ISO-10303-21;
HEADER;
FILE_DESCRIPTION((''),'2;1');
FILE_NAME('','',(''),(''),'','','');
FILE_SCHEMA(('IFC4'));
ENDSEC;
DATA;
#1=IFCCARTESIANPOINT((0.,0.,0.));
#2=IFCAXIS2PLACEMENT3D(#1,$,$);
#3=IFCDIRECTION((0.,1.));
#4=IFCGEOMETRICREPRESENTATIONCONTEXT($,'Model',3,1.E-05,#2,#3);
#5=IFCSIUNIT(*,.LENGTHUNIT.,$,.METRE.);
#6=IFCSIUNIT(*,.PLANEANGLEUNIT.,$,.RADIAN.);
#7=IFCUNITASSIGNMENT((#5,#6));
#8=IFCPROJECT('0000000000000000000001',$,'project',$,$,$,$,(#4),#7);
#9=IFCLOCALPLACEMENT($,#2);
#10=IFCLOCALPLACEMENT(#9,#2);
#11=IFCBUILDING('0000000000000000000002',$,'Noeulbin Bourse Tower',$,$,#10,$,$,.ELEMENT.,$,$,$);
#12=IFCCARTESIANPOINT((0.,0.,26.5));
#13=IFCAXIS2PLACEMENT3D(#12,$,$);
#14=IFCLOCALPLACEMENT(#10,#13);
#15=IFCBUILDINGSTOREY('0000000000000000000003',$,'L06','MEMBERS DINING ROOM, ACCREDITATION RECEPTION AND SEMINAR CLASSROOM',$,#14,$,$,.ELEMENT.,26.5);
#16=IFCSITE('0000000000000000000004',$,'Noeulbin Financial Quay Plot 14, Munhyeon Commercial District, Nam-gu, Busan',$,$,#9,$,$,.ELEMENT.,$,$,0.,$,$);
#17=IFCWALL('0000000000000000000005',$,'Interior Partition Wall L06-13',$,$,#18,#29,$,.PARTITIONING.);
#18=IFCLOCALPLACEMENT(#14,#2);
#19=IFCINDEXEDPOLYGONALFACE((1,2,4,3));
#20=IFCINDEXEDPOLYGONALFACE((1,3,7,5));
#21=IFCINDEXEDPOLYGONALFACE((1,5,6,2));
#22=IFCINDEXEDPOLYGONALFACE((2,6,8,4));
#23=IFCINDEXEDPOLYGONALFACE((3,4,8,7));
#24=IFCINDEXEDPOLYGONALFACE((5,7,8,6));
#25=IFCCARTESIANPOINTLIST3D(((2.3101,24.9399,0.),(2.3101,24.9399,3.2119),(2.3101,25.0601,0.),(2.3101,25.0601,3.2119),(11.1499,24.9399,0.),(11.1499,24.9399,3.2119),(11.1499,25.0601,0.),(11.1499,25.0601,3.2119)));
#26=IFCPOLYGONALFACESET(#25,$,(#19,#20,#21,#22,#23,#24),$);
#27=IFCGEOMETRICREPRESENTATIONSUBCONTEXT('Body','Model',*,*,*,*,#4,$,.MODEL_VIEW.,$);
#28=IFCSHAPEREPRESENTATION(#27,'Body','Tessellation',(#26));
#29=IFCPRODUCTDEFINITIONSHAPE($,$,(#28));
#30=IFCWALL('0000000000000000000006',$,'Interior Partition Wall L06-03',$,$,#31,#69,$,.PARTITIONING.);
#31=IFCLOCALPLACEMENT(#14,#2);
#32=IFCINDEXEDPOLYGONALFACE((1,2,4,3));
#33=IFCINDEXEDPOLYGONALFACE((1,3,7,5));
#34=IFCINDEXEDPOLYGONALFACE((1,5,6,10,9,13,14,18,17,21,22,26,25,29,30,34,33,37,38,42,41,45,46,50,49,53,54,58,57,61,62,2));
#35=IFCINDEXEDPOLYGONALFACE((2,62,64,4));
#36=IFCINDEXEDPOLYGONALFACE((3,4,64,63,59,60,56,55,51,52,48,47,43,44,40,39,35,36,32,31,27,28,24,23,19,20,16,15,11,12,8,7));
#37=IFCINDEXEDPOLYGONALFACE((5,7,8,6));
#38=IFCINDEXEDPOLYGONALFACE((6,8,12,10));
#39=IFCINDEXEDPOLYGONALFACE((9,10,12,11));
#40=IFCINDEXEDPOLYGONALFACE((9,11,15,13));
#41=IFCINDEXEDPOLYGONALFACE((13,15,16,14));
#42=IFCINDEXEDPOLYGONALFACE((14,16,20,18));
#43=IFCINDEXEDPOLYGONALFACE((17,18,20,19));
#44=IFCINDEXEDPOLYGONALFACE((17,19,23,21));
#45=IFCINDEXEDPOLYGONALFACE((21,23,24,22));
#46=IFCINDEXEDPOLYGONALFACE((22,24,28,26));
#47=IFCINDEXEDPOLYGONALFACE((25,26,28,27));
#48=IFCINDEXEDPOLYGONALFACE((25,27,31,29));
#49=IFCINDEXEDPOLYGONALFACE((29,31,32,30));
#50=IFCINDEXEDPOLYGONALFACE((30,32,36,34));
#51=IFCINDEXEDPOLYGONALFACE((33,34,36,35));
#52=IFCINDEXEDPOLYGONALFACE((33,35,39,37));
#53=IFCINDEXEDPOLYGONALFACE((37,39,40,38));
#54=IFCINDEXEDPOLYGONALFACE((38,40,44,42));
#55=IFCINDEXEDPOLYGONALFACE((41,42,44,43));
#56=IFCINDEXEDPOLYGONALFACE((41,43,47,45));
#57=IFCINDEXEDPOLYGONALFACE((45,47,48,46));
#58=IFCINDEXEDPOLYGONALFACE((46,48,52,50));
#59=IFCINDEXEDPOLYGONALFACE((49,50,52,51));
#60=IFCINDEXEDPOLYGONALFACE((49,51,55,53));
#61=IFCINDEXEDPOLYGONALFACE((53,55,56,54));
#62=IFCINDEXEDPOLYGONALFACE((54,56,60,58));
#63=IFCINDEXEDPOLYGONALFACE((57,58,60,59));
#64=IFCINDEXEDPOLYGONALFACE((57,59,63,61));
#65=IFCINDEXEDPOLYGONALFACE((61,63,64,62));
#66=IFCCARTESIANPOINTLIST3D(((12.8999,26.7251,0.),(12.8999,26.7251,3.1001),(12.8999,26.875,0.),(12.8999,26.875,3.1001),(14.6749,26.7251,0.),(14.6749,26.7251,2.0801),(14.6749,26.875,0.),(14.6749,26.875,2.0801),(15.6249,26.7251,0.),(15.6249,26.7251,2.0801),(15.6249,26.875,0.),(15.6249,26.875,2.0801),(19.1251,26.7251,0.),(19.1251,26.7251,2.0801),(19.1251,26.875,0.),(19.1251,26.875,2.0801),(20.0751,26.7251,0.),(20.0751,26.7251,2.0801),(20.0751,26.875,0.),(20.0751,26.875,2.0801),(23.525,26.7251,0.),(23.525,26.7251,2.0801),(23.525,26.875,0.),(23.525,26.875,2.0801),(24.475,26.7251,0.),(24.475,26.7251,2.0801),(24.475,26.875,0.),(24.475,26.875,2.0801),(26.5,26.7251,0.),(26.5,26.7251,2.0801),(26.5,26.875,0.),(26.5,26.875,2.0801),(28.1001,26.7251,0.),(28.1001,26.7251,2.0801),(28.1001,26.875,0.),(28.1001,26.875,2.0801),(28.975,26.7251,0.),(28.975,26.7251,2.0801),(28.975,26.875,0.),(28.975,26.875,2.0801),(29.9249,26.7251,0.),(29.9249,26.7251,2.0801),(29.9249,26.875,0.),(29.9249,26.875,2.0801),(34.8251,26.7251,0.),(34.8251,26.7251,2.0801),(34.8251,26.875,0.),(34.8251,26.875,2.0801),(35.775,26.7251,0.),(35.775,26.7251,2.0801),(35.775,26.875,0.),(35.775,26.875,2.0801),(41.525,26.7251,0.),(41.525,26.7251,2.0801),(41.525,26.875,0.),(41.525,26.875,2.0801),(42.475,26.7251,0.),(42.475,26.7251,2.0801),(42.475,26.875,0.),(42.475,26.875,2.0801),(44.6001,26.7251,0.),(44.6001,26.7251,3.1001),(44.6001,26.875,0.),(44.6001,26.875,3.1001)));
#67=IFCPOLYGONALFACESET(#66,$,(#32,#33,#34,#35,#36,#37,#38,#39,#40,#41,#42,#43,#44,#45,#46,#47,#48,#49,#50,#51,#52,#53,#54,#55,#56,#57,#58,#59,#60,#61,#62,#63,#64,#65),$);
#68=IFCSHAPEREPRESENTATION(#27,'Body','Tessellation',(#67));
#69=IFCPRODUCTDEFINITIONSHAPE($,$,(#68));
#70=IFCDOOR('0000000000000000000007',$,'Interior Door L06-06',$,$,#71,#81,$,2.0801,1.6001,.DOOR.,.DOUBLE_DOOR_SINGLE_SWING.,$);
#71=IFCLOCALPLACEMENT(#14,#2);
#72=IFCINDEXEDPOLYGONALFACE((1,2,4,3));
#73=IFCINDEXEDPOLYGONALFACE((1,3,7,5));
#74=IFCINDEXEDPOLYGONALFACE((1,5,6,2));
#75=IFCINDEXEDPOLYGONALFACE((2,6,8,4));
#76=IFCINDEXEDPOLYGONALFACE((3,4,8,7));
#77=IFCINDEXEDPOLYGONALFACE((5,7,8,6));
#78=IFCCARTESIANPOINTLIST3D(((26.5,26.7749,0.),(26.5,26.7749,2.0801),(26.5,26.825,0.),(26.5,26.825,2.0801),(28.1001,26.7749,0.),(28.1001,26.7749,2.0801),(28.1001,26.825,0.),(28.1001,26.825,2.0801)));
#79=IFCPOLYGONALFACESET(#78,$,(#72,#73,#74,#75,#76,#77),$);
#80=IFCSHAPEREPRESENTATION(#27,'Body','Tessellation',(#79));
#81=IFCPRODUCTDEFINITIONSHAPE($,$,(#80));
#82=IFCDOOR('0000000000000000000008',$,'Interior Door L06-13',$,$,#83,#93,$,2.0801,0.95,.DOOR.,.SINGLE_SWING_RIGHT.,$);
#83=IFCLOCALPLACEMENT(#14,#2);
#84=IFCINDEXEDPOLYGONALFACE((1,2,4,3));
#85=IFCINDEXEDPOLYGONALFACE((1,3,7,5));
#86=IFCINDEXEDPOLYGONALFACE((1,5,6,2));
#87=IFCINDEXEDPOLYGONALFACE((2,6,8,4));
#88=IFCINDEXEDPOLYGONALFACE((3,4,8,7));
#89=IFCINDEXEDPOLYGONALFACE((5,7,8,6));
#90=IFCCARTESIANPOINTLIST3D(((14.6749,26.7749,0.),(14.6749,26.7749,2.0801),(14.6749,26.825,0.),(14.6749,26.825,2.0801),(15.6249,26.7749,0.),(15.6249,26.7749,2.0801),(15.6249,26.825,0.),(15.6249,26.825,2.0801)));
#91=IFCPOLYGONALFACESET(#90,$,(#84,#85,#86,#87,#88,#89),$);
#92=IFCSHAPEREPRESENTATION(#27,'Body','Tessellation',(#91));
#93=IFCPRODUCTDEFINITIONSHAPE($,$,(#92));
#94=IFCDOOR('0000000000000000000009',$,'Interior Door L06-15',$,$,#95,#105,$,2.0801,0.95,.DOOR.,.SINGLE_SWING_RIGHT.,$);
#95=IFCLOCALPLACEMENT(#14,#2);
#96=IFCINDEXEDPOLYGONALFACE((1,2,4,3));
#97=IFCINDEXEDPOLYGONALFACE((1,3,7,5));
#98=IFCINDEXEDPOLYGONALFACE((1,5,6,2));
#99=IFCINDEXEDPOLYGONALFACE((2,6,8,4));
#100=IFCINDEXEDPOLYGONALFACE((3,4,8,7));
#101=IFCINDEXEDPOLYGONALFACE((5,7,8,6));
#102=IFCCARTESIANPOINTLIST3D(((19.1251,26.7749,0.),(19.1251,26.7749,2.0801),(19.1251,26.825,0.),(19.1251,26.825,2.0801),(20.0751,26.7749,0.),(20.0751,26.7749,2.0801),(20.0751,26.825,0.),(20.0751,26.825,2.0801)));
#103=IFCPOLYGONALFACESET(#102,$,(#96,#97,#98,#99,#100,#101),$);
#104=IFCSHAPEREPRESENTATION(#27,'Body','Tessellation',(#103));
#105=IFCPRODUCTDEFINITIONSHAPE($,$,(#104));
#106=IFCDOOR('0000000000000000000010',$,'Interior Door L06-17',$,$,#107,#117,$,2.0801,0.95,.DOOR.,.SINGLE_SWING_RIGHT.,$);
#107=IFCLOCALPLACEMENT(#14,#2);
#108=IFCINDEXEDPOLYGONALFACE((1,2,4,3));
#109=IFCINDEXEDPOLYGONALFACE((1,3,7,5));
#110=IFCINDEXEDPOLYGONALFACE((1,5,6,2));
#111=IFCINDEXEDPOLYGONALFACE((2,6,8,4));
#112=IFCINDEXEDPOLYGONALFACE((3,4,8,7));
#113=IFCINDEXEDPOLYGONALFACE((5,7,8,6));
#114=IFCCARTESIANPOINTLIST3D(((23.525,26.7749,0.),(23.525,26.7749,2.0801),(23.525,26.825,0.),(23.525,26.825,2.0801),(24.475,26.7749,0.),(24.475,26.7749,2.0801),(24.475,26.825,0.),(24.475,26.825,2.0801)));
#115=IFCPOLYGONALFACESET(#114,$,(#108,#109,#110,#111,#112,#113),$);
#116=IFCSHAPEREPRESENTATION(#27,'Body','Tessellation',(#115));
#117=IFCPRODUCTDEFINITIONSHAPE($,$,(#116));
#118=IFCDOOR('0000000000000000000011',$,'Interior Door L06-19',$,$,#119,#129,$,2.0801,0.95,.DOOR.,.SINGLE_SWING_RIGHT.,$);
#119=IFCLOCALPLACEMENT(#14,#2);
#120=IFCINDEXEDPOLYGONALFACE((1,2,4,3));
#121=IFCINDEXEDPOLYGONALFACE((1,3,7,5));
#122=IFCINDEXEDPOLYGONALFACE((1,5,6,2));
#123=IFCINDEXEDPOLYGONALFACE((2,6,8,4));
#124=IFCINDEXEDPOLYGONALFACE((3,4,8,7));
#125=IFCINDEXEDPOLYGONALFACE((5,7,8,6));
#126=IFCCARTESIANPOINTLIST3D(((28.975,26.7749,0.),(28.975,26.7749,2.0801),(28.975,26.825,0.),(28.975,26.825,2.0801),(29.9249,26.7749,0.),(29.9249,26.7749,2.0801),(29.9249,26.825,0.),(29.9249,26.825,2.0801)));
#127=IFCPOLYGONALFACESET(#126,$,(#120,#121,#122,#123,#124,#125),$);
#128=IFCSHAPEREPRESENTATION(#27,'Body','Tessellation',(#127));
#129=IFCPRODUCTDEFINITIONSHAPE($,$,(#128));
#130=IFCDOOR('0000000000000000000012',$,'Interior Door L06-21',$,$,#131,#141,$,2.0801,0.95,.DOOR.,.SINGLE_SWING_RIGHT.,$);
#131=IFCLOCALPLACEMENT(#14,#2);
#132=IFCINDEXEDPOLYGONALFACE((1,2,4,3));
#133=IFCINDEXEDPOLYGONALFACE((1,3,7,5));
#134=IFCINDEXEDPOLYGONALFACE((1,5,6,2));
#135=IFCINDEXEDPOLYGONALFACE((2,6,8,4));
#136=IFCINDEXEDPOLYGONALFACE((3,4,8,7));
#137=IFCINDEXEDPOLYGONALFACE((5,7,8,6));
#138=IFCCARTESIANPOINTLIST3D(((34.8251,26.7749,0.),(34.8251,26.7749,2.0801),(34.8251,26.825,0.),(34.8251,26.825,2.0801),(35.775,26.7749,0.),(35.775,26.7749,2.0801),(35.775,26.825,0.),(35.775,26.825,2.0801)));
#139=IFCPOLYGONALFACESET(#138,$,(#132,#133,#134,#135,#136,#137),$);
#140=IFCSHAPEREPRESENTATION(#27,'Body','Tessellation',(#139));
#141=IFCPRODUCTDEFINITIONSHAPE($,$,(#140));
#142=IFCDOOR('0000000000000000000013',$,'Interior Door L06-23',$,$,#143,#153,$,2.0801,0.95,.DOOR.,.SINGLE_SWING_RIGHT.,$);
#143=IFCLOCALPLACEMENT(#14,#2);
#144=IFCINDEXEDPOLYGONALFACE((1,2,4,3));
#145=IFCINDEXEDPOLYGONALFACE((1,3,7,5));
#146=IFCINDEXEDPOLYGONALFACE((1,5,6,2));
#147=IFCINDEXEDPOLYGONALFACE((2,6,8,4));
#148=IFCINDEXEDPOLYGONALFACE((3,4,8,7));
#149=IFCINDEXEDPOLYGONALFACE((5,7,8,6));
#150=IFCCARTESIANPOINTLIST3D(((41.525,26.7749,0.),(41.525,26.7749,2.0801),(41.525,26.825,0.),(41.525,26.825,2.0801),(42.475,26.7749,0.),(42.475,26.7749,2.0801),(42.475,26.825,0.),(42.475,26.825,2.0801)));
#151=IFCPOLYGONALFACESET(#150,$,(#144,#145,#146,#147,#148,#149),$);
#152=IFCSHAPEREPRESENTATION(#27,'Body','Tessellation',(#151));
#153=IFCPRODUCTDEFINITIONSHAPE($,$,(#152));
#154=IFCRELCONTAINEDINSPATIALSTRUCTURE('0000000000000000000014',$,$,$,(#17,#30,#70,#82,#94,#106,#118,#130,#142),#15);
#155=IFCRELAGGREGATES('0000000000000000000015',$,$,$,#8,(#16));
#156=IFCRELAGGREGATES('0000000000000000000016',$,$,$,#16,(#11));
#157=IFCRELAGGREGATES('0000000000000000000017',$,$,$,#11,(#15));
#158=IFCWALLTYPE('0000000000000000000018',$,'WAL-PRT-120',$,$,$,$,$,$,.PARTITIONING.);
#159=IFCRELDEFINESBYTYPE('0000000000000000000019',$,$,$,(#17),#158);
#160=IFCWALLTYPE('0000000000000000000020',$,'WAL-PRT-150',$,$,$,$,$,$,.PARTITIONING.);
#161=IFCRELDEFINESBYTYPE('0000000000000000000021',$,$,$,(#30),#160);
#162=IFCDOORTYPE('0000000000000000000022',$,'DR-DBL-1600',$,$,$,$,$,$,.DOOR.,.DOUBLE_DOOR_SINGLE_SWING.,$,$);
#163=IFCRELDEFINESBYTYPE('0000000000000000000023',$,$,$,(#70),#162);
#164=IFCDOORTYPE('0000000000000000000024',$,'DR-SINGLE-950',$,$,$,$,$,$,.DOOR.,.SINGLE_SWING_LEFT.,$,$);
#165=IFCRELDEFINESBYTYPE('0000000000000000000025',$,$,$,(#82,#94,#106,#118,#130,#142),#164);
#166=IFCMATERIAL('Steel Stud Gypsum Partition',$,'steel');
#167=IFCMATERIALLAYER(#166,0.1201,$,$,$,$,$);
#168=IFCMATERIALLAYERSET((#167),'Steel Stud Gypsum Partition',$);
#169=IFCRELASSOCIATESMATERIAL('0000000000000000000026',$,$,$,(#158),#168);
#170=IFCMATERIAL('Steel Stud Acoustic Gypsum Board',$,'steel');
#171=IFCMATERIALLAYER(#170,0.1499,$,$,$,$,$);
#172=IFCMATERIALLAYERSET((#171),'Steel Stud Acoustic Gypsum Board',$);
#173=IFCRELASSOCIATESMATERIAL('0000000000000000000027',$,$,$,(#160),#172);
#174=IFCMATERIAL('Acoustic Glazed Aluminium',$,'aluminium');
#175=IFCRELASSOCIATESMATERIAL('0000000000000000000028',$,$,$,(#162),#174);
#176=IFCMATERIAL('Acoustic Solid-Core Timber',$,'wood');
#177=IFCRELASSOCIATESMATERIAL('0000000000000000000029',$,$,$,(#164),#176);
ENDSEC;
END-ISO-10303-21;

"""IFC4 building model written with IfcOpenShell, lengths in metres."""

from ifc_helpers import new_model, si_unit, direction, frame, frame_2d, origin, place, context, subcontext, project, spatial, rectangle, extrude, material, layer, layer_set, type_object, element, fill, save


model = new_model("IFC4")

# Units and contexts
model_context = context("Model", 3, precision=1e-05, world=origin(), true_north=direction((0.0, 1.0)))
body_context = subcontext(model_context, "Body", "Model", "MODEL_VIEW")
ifc_project = project(units=[si_unit("LENGTHUNIT", "METRE"), si_unit("PLANEANGLEUNIT", "RADIAN")], contexts=[model_context])

# Site, building, storey
site_placement = place(None, origin())
site = spatial("IfcSite", under=ifc_project, at=site_placement, Name="Noeulbin Financial Quay Plot 14, Munhyeon Commercial District, Nam-gu, Busan", CompositionType="ELEMENT", RefElevation=0.0)
building_placement = place(site_placement, origin())
building = spatial("IfcBuilding", under=site, at=building_placement, Name="Noeulbin Bourse Tower", CompositionType="ELEMENT")
storey_placement = place(building_placement, frame((0.0, 0.0, 26.5)))
storey = spatial("IfcBuildingStorey", under=building, at=storey_placement, Name="L06", Description="MEMBERS DINING ROOM, ACCREDITATION RECEPTION AND SEMINAR CLASSROOM", CompositionType="ELEMENT", Elevation=26.5)

# Wall
ifc_material_1 = material(Name="Steel Stud Gypsum Partition", Category="steel")
ifc_layer_1 = layer(ifc_material_1, 0.1201)
ifc_layer_set_1 = layer_set([ifc_layer_1], Name="Steel Stud Gypsum Partition")
wall_type_1 = type_object("IfcWallType", Name="WAL-PRT-120", PredefinedType="PARTITIONING", material=ifc_layer_set_1)
wall_1_placement = place(storey_placement, frame((2.3101, 25.0, 0.0), z_axis=(0.0, 0.0, 1.0), x_axis=(1.0, 0.0, 0.0)))
element("IfcWall", 1, at=wall_1_placement, inside=storey, type_object=wall_type_1, Name="Interior Partition Wall L06-13", PredefinedType="PARTITIONING", context=body_context, shape_type="SweptSolid", body=[
    extrude(rectangle(XDim=8.8398, YDim=0.1201, at=frame_2d((4.4199, 0.0))), origin(), (0.0, 0.0, 1.0), 3.2119),
])

# Wall, openings, doors
ifc_material_2 = material(Name="Steel Stud Acoustic Gypsum Board", Category="steel")
ifc_layer_2 = layer(ifc_material_2, 0.1499)
ifc_layer_set_2 = layer_set([ifc_layer_2], Name="Steel Stud Acoustic Gypsum Board")
wall_type_2 = type_object("IfcWallType", Name="WAL-PRT-150", PredefinedType="PARTITIONING", material=ifc_layer_set_2)
wall_2_placement = place(storey_placement, frame((12.8999, 26.8, 0.0), z_axis=(0.0, 0.0, 1.0), x_axis=(1.0, 0.0, 0.0)))
wall_2 = element("IfcWall", 2, at=wall_2_placement, inside=storey, type_object=wall_type_2, Name="Interior Partition Wall L06-03", PredefinedType="PARTITIONING", context=body_context, shape_type="SweptSolid", body=[
    extrude(rectangle(XDim=31.7002, YDim=0.1499, at=frame_2d((15.8501, 0.0))), origin(), (0.0, 0.0, 1.0), 3.1001),
])
opening_1_placement = place(wall_2_placement, frame((13.6001, 0.0, 0.0)))
opening_1 = element("IfcOpeningElement", 3, at=opening_1_placement, cuts=wall_2, PredefinedType="OPENING", context=body_context, shape_type="SweptSolid", body=[
    extrude(rectangle(XDim=1.6001, YDim=2.0801, at=frame_2d((0.8, 1.04))), frame((0.0, 0.085, 0.0), z_axis=(0.0, -1.0, 0.0), x_axis=(1.0, 0.0, 0.0)), (0.0, 0.0, 1.0), 0.1699),
])
opening_2_placement = place(wall_2_placement, frame((1.7749, 0.0, 0.0)))
opening_2 = element("IfcOpeningElement", 4, at=opening_2_placement, cuts=wall_2, PredefinedType="OPENING", context=body_context, shape_type="SweptSolid", body=[
    extrude(rectangle(XDim=0.95, YDim=2.0801, at=frame_2d((0.4751, 1.04))), frame((0.0, 0.085, 0.0), z_axis=(0.0, -1.0, 0.0), x_axis=(1.0, 0.0, 0.0)), (0.0, 0.0, 1.0), 0.1699),
])
opening_3_placement = place(wall_2_placement, frame((6.2251, 0.0, 0.0)))
opening_3 = element("IfcOpeningElement", 5, at=opening_3_placement, cuts=wall_2, PredefinedType="OPENING", context=body_context, shape_type="SweptSolid", body=[
    extrude(rectangle(XDim=0.95, YDim=2.0801, at=frame_2d((0.4751, 1.04))), frame((0.0, 0.085, 0.0), z_axis=(0.0, -1.0, 0.0), x_axis=(1.0, 0.0, 0.0)), (0.0, 0.0, 1.0), 0.1699),
])
opening_4_placement = place(wall_2_placement, frame((10.625, 0.0, 0.0)))
opening_4 = element("IfcOpeningElement", 6, at=opening_4_placement, cuts=wall_2, PredefinedType="OPENING", context=body_context, shape_type="SweptSolid", body=[
    extrude(rectangle(XDim=0.95, YDim=2.0801, at=frame_2d((0.4751, 1.04))), frame((0.0, 0.085, 0.0), z_axis=(0.0, -1.0, 0.0), x_axis=(1.0, 0.0, 0.0)), (0.0, 0.0, 1.0), 0.1699),
])
opening_5_placement = place(wall_2_placement, frame((16.075, 0.0, 0.0)))
opening_5 = element("IfcOpeningElement", 7, at=opening_5_placement, cuts=wall_2, PredefinedType="OPENING", context=body_context, shape_type="SweptSolid", body=[
    extrude(rectangle(XDim=0.95, YDim=2.0801, at=frame_2d((0.4751, 1.04))), frame((0.0, 0.085, 0.0), z_axis=(0.0, -1.0, 0.0), x_axis=(1.0, 0.0, 0.0)), (0.0, 0.0, 1.0), 0.1699),
])
opening_6_placement = place(wall_2_placement, frame((21.925, 0.0, 0.0)))
opening_6 = element("IfcOpeningElement", 8, at=opening_6_placement, cuts=wall_2, PredefinedType="OPENING", context=body_context, shape_type="SweptSolid", body=[
    extrude(rectangle(XDim=0.95, YDim=2.0801, at=frame_2d((0.4751, 1.04))), frame((0.0, 0.085, 0.0), z_axis=(0.0, -1.0, 0.0), x_axis=(1.0, 0.0, 0.0)), (0.0, 0.0, 1.0), 0.1699),
])
opening_7_placement = place(wall_2_placement, frame((28.625, 0.0, 0.0)))
opening_7 = element("IfcOpeningElement", 9, at=opening_7_placement, cuts=wall_2, PredefinedType="OPENING", context=body_context, shape_type="SweptSolid", body=[
    extrude(rectangle(XDim=0.95, YDim=2.0801, at=frame_2d((0.4751, 1.04))), frame((0.0, 0.085, 0.0), z_axis=(0.0, -1.0, 0.0), x_axis=(1.0, 0.0, 0.0)), (0.0, 0.0, 1.0), 0.1699),
])
ifc_material_3 = material(Name="Acoustic Glazed Aluminium", Category="aluminium")
door_type_1 = type_object("IfcDoorType", Name="DR-DBL-1600", OperationType="DOUBLE_DOOR_SINGLE_SWING", PredefinedType="DOOR", material=ifc_material_3)
door_1_placement = place(opening_1_placement, origin())
door_1 = element("IfcDoor", 10, at=door_1_placement, inside=storey, type_object=door_type_1, Name="Interior Door L06-06", OperationType="DOUBLE_DOOR_SINGLE_SWING", OverallHeight=2.0801, OverallWidth=1.6001, PredefinedType="DOOR", context=body_context, shape_type="SweptSolid", body=[
    extrude(rectangle(XDim=1.6001, YDim=2.0801, at=frame_2d((0.8, 1.04))), frame((0.0, 0.0249, 0.0), z_axis=(0.0, -1.0, 0.0), x_axis=(1.0, 0.0, 0.0)), (0.0, 0.0, 1.0), 0.05),
])
fill(opening_1, door_1)
ifc_material_4 = material(Name="Acoustic Solid-Core Timber", Category="wood")
door_type_2 = type_object("IfcDoorType", Name="DR-SINGLE-950", OperationType="SINGLE_SWING_LEFT", PredefinedType="DOOR", material=ifc_material_4)
door_2_placement = place(opening_2_placement, origin())
door_2 = element("IfcDoor", 11, at=door_2_placement, inside=storey, type_object=door_type_2, Name="Interior Door L06-13", OperationType="SINGLE_SWING_RIGHT", OverallHeight=2.0801, OverallWidth=0.95, PredefinedType="DOOR", context=body_context, shape_type="SweptSolid", body=[
    extrude(rectangle(XDim=0.95, YDim=2.0801, at=frame_2d((0.4751, 1.04))), frame((0.0, 0.0249, 0.0), z_axis=(0.0, -1.0, 0.0), x_axis=(1.0, 0.0, 0.0)), (0.0, 0.0, 1.0), 0.05),
])
fill(opening_2, door_2)
door_3_placement = place(opening_3_placement, origin())
door_3 = element("IfcDoor", 12, at=door_3_placement, inside=storey, type_object=door_type_2, Name="Interior Door L06-15", OperationType="SINGLE_SWING_RIGHT", OverallHeight=2.0801, OverallWidth=0.95, PredefinedType="DOOR", context=body_context, shape_type="SweptSolid", body=[
    extrude(rectangle(XDim=0.95, YDim=2.0801, at=frame_2d((0.4751, 1.04))), frame((0.0, 0.0249, 0.0), z_axis=(0.0, -1.0, 0.0), x_axis=(1.0, 0.0, 0.0)), (0.0, 0.0, 1.0), 0.05),
])
fill(opening_3, door_3)
door_4_placement = place(opening_4_placement, origin())
door_4 = element("IfcDoor", 13, at=door_4_placement, inside=storey, type_object=door_type_2, Name="Interior Door L06-17", OperationType="SINGLE_SWING_RIGHT", OverallHeight=2.0801, OverallWidth=0.95, PredefinedType="DOOR", context=body_context, shape_type="SweptSolid", body=[
    extrude(rectangle(XDim=0.95, YDim=2.0801, at=frame_2d((0.4751, 1.04))), frame((0.0, 0.0249, 0.0), z_axis=(0.0, -1.0, 0.0), x_axis=(1.0, 0.0, 0.0)), (0.0, 0.0, 1.0), 0.05),
])
fill(opening_4, door_4)
door_5_placement = place(opening_5_placement, origin())
door_5 = element("IfcDoor", 14, at=door_5_placement, inside=storey, type_object=door_type_2, Name="Interior Door L06-19", OperationType="SINGLE_SWING_RIGHT", OverallHeight=2.0801, OverallWidth=0.95, PredefinedType="DOOR", context=body_context, shape_type="SweptSolid", body=[
    extrude(rectangle(XDim=0.95, YDim=2.0801, at=frame_2d((0.4751, 1.04))), frame((0.0, 0.0249, 0.0), z_axis=(0.0, -1.0, 0.0), x_axis=(1.0, 0.0, 0.0)), (0.0, 0.0, 1.0), 0.05),
])
fill(opening_5, door_5)
door_6_placement = place(opening_6_placement, origin())
door_6 = element("IfcDoor", 15, at=door_6_placement, inside=storey, type_object=door_type_2, Name="Interior Door L06-21", OperationType="SINGLE_SWING_RIGHT", OverallHeight=2.0801, OverallWidth=0.95, PredefinedType="DOOR", context=body_context, shape_type="SweptSolid", body=[
    extrude(rectangle(XDim=0.95, YDim=2.0801, at=frame_2d((0.4751, 1.04))), frame((0.0, 0.0249, 0.0), z_axis=(0.0, -1.0, 0.0), x_axis=(1.0, 0.0, 0.0)), (0.0, 0.0, 1.0), 0.05),
])
fill(opening_6, door_6)
door_7_placement = place(opening_7_placement, origin())
door_7 = element("IfcDoor", 16, at=door_7_placement, inside=storey, type_object=door_type_2, Name="Interior Door L06-23", OperationType="SINGLE_SWING_RIGHT", OverallHeight=2.0801, OverallWidth=0.95, PredefinedType="DOOR", context=body_context, shape_type="SweptSolid", body=[
    extrude(rectangle(XDim=0.95, YDim=2.0801, at=frame_2d((0.4751, 1.04))), frame((0.0, 0.0249, 0.0), z_axis=(0.0, -1.0, 0.0), x_axis=(1.0, 0.0, 0.0)), (0.0, 0.0, 1.0), 0.05),
])
fill(opening_7, door_7)

save(model, "model.ifc")
